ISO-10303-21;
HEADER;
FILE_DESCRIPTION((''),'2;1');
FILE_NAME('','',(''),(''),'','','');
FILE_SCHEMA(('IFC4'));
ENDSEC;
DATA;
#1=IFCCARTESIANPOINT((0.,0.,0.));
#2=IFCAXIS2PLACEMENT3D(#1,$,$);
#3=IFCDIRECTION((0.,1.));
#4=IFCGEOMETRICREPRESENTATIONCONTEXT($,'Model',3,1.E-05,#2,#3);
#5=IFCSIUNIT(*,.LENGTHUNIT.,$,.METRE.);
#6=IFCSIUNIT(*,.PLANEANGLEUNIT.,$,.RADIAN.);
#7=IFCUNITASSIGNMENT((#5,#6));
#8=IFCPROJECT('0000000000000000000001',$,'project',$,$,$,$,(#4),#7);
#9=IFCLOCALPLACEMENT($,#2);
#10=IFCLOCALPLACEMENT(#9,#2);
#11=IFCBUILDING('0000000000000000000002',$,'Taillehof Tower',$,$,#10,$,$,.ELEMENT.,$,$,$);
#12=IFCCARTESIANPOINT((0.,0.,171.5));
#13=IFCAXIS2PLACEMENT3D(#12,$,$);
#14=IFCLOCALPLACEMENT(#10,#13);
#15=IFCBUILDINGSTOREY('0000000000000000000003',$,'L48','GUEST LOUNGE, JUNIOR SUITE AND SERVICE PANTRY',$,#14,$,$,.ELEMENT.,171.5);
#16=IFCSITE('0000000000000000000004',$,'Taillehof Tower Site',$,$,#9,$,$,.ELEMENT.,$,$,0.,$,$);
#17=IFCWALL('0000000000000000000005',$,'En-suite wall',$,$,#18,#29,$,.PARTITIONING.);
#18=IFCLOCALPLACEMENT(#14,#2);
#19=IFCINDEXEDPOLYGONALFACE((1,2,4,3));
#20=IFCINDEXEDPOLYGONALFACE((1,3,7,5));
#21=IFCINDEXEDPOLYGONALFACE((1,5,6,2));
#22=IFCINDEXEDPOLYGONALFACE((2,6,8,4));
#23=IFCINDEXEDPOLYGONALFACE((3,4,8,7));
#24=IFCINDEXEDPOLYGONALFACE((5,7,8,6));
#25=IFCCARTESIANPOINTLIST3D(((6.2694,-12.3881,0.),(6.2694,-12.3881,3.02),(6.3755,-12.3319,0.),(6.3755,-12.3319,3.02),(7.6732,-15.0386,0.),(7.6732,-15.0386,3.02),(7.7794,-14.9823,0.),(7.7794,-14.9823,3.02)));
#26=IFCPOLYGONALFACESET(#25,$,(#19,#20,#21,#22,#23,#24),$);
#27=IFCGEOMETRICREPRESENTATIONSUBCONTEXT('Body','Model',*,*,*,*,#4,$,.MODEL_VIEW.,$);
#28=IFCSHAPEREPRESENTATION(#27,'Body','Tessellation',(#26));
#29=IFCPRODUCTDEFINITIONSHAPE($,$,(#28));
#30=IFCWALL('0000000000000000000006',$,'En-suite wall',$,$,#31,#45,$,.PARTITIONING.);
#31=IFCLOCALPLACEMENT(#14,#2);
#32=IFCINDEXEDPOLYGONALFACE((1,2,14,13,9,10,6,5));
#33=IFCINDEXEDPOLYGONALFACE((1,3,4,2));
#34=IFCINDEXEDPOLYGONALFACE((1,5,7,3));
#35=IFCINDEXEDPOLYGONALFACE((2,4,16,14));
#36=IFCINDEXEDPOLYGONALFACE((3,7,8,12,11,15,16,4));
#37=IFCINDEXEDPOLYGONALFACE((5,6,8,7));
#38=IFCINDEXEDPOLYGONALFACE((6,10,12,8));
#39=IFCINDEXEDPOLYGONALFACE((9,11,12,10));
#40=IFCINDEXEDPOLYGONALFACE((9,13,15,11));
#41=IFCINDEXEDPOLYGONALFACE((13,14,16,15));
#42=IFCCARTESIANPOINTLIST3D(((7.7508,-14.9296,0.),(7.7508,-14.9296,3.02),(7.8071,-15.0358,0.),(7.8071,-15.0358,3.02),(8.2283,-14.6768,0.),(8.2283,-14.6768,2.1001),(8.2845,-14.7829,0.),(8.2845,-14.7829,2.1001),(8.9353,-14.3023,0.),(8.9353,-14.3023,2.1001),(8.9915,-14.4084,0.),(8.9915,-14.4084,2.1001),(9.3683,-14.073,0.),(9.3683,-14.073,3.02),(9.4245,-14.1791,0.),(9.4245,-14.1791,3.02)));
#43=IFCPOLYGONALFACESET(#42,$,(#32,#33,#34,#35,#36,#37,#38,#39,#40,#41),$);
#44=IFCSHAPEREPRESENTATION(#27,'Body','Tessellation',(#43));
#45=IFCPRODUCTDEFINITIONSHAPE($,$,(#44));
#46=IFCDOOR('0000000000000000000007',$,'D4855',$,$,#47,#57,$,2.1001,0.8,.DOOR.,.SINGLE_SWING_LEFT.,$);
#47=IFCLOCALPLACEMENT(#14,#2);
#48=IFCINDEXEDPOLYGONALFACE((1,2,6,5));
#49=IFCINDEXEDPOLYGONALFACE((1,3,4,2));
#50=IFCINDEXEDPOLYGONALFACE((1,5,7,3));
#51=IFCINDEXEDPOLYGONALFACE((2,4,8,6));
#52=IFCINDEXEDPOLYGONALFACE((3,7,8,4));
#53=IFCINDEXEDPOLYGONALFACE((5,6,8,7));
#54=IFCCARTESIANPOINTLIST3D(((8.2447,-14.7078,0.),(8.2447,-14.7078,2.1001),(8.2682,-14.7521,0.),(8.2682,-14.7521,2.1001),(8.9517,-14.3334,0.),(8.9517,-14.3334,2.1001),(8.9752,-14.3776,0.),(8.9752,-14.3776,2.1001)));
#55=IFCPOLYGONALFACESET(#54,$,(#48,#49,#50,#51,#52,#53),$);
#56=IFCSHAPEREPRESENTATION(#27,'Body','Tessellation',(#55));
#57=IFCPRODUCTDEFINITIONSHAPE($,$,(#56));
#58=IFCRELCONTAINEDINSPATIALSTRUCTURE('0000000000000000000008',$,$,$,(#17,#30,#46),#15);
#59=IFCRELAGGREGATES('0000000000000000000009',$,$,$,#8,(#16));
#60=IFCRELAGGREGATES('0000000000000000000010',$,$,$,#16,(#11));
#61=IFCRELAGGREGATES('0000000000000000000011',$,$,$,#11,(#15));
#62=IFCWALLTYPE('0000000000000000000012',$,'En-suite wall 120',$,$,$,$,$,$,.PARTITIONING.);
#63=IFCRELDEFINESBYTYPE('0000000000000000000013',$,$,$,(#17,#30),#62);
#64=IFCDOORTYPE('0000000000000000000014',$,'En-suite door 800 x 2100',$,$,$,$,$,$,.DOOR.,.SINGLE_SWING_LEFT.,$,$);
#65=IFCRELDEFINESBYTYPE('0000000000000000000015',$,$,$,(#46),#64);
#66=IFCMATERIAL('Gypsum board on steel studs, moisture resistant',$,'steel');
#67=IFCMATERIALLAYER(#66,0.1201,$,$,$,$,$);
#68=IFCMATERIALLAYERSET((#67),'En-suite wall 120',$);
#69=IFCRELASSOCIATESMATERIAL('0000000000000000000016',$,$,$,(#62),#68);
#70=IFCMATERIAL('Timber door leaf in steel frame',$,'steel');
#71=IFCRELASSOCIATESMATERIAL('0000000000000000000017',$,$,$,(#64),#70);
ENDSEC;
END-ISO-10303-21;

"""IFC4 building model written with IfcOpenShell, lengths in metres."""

from ifc_helpers import new_model, si_unit, direction, frame, frame_2d, origin, place, context, subcontext, project, spatial, rectangle, extrude, material, layer, layer_set, type_object, element, fill, save


model = new_model("IFC4")

# Units and contexts
model_context = context("Model", 3, precision=1e-05, world=origin(), true_north=direction((0.0, 1.0)))
body_context = subcontext(model_context, "Body", "Model", "MODEL_VIEW")
ifc_project = project(units=[si_unit("LENGTHUNIT", "METRE"), si_unit("PLANEANGLEUNIT", "RADIAN")], contexts=[model_context])

# Site, building, storey
site_placement = place(None, origin())
site = spatial("IfcSite", under=ifc_project, at=site_placement, Name="Taillehof Tower Site", CompositionType="ELEMENT", RefElevation=0.0)
building_placement = place(site_placement, origin())
building = spatial("IfcBuilding", under=site, at=building_placement, Name="Taillehof Tower", CompositionType="ELEMENT")
storey_placement = place(building_placement, frame((0.0, 0.0, 171.5)))
storey = spatial("IfcBuildingStorey", under=building, at=storey_placement, Name="L48", Description="GUEST LOUNGE, JUNIOR SUITE AND SERVICE PANTRY", CompositionType="ELEMENT", Elevation=171.5)

# Wall
ifc_material_1 = material(Name="Gypsum board on steel studs, moisture resistant", Category="steel")
ifc_layer_1 = layer(ifc_material_1, 0.1201)
ifc_layer_set_1 = layer_set([ifc_layer_1], Name="En-suite wall 120")
wall_type_1 = type_object("IfcWallType", Name="En-suite wall 120", PredefinedType="PARTITIONING", material=ifc_layer_set_1)
wall_1_placement = place(storey_placement, frame((6.3225, -12.3601, 0.0), z_axis=(0.0, 0.0, 1.0), x_axis=(0.46806, -0.883697, 0.0)))
element("IfcWall", 1, at=wall_1_placement, inside=storey, type_object=wall_type_1, Name="En-suite wall", PredefinedType="PARTITIONING", context=body_context, shape_type="SweptSolid", body=[
    extrude(rectangle(XDim=2.9993, YDim=0.1201, at=frame_2d((1.4995, 0.0))), origin(), (0.0, 0.0, 1.0), 3.02),
])

# Wall, opening, door
wall_2_placement = place(storey_placement, frame((7.7791, -14.9827, 0.0), z_axis=(0.0, 0.0, 1.0), x_axis=(0.883697, 0.468059, 0.0)))
wall_2 = element("IfcWall", 2, at=wall_2_placement, inside=storey, type_object=wall_type_1, Name="En-suite wall", PredefinedType="PARTITIONING", context=body_context, shape_type="SweptSolid", body=[
    extrude(rectangle(XDim=1.8303, YDim=0.1201, at=frame_2d((0.915, 0.0))), origin(), (0.0, 0.0, 1.0), 3.02),
])
opening_1_placement = place(wall_2_placement, frame((0.5403, 0.0, 0.0)))
opening_1 = element("IfcOpeningElement", 3, at=opening_1_placement, cuts=wall_2, PredefinedType="OPENING", context=body_context, shape_type="SweptSolid", body=[
    extrude(rectangle(XDim=0.8, YDim=2.1001, at=frame_2d((0.3999, 1.05))), frame((0.0, 0.0701, 0.0), z_axis=(0.0, -1.0, 0.0), x_axis=(1.0, 0.0, 0.0)), (0.0, 0.0, 1.0), 0.1401),
])
ifc_material_2 = material(Name="Timber door leaf in steel frame", Category="steel")
door_type_1 = type_object("IfcDoorType", Name="En-suite door 800 x 2100", OperationType="SINGLE_SWING_LEFT", PredefinedType="DOOR", material=ifc_material_2)
door_1_placement = place(opening_1_placement, origin())
door_1 = element("IfcDoor", 4, at=door_1_placement, inside=storey, type_object=door_type_1, Name="D4855", OperationType="SINGLE_SWING_LEFT", OverallHeight=2.1001, OverallWidth=0.8, PredefinedType="DOOR", context=body_context, shape_type="SweptSolid", body=[
    extrude(rectangle(XDim=0.8, YDim=2.1001, at=frame_2d((0.3999, 1.05))), frame((0.0, 0.0249, 0.0), z_axis=(0.0, -1.0, 0.0), x_axis=(1.0, 0.0, 0.0)), (0.0, 0.0, 1.0), 0.05),
])
fill(opening_1, door_1)

save(model, "model.ifc")
